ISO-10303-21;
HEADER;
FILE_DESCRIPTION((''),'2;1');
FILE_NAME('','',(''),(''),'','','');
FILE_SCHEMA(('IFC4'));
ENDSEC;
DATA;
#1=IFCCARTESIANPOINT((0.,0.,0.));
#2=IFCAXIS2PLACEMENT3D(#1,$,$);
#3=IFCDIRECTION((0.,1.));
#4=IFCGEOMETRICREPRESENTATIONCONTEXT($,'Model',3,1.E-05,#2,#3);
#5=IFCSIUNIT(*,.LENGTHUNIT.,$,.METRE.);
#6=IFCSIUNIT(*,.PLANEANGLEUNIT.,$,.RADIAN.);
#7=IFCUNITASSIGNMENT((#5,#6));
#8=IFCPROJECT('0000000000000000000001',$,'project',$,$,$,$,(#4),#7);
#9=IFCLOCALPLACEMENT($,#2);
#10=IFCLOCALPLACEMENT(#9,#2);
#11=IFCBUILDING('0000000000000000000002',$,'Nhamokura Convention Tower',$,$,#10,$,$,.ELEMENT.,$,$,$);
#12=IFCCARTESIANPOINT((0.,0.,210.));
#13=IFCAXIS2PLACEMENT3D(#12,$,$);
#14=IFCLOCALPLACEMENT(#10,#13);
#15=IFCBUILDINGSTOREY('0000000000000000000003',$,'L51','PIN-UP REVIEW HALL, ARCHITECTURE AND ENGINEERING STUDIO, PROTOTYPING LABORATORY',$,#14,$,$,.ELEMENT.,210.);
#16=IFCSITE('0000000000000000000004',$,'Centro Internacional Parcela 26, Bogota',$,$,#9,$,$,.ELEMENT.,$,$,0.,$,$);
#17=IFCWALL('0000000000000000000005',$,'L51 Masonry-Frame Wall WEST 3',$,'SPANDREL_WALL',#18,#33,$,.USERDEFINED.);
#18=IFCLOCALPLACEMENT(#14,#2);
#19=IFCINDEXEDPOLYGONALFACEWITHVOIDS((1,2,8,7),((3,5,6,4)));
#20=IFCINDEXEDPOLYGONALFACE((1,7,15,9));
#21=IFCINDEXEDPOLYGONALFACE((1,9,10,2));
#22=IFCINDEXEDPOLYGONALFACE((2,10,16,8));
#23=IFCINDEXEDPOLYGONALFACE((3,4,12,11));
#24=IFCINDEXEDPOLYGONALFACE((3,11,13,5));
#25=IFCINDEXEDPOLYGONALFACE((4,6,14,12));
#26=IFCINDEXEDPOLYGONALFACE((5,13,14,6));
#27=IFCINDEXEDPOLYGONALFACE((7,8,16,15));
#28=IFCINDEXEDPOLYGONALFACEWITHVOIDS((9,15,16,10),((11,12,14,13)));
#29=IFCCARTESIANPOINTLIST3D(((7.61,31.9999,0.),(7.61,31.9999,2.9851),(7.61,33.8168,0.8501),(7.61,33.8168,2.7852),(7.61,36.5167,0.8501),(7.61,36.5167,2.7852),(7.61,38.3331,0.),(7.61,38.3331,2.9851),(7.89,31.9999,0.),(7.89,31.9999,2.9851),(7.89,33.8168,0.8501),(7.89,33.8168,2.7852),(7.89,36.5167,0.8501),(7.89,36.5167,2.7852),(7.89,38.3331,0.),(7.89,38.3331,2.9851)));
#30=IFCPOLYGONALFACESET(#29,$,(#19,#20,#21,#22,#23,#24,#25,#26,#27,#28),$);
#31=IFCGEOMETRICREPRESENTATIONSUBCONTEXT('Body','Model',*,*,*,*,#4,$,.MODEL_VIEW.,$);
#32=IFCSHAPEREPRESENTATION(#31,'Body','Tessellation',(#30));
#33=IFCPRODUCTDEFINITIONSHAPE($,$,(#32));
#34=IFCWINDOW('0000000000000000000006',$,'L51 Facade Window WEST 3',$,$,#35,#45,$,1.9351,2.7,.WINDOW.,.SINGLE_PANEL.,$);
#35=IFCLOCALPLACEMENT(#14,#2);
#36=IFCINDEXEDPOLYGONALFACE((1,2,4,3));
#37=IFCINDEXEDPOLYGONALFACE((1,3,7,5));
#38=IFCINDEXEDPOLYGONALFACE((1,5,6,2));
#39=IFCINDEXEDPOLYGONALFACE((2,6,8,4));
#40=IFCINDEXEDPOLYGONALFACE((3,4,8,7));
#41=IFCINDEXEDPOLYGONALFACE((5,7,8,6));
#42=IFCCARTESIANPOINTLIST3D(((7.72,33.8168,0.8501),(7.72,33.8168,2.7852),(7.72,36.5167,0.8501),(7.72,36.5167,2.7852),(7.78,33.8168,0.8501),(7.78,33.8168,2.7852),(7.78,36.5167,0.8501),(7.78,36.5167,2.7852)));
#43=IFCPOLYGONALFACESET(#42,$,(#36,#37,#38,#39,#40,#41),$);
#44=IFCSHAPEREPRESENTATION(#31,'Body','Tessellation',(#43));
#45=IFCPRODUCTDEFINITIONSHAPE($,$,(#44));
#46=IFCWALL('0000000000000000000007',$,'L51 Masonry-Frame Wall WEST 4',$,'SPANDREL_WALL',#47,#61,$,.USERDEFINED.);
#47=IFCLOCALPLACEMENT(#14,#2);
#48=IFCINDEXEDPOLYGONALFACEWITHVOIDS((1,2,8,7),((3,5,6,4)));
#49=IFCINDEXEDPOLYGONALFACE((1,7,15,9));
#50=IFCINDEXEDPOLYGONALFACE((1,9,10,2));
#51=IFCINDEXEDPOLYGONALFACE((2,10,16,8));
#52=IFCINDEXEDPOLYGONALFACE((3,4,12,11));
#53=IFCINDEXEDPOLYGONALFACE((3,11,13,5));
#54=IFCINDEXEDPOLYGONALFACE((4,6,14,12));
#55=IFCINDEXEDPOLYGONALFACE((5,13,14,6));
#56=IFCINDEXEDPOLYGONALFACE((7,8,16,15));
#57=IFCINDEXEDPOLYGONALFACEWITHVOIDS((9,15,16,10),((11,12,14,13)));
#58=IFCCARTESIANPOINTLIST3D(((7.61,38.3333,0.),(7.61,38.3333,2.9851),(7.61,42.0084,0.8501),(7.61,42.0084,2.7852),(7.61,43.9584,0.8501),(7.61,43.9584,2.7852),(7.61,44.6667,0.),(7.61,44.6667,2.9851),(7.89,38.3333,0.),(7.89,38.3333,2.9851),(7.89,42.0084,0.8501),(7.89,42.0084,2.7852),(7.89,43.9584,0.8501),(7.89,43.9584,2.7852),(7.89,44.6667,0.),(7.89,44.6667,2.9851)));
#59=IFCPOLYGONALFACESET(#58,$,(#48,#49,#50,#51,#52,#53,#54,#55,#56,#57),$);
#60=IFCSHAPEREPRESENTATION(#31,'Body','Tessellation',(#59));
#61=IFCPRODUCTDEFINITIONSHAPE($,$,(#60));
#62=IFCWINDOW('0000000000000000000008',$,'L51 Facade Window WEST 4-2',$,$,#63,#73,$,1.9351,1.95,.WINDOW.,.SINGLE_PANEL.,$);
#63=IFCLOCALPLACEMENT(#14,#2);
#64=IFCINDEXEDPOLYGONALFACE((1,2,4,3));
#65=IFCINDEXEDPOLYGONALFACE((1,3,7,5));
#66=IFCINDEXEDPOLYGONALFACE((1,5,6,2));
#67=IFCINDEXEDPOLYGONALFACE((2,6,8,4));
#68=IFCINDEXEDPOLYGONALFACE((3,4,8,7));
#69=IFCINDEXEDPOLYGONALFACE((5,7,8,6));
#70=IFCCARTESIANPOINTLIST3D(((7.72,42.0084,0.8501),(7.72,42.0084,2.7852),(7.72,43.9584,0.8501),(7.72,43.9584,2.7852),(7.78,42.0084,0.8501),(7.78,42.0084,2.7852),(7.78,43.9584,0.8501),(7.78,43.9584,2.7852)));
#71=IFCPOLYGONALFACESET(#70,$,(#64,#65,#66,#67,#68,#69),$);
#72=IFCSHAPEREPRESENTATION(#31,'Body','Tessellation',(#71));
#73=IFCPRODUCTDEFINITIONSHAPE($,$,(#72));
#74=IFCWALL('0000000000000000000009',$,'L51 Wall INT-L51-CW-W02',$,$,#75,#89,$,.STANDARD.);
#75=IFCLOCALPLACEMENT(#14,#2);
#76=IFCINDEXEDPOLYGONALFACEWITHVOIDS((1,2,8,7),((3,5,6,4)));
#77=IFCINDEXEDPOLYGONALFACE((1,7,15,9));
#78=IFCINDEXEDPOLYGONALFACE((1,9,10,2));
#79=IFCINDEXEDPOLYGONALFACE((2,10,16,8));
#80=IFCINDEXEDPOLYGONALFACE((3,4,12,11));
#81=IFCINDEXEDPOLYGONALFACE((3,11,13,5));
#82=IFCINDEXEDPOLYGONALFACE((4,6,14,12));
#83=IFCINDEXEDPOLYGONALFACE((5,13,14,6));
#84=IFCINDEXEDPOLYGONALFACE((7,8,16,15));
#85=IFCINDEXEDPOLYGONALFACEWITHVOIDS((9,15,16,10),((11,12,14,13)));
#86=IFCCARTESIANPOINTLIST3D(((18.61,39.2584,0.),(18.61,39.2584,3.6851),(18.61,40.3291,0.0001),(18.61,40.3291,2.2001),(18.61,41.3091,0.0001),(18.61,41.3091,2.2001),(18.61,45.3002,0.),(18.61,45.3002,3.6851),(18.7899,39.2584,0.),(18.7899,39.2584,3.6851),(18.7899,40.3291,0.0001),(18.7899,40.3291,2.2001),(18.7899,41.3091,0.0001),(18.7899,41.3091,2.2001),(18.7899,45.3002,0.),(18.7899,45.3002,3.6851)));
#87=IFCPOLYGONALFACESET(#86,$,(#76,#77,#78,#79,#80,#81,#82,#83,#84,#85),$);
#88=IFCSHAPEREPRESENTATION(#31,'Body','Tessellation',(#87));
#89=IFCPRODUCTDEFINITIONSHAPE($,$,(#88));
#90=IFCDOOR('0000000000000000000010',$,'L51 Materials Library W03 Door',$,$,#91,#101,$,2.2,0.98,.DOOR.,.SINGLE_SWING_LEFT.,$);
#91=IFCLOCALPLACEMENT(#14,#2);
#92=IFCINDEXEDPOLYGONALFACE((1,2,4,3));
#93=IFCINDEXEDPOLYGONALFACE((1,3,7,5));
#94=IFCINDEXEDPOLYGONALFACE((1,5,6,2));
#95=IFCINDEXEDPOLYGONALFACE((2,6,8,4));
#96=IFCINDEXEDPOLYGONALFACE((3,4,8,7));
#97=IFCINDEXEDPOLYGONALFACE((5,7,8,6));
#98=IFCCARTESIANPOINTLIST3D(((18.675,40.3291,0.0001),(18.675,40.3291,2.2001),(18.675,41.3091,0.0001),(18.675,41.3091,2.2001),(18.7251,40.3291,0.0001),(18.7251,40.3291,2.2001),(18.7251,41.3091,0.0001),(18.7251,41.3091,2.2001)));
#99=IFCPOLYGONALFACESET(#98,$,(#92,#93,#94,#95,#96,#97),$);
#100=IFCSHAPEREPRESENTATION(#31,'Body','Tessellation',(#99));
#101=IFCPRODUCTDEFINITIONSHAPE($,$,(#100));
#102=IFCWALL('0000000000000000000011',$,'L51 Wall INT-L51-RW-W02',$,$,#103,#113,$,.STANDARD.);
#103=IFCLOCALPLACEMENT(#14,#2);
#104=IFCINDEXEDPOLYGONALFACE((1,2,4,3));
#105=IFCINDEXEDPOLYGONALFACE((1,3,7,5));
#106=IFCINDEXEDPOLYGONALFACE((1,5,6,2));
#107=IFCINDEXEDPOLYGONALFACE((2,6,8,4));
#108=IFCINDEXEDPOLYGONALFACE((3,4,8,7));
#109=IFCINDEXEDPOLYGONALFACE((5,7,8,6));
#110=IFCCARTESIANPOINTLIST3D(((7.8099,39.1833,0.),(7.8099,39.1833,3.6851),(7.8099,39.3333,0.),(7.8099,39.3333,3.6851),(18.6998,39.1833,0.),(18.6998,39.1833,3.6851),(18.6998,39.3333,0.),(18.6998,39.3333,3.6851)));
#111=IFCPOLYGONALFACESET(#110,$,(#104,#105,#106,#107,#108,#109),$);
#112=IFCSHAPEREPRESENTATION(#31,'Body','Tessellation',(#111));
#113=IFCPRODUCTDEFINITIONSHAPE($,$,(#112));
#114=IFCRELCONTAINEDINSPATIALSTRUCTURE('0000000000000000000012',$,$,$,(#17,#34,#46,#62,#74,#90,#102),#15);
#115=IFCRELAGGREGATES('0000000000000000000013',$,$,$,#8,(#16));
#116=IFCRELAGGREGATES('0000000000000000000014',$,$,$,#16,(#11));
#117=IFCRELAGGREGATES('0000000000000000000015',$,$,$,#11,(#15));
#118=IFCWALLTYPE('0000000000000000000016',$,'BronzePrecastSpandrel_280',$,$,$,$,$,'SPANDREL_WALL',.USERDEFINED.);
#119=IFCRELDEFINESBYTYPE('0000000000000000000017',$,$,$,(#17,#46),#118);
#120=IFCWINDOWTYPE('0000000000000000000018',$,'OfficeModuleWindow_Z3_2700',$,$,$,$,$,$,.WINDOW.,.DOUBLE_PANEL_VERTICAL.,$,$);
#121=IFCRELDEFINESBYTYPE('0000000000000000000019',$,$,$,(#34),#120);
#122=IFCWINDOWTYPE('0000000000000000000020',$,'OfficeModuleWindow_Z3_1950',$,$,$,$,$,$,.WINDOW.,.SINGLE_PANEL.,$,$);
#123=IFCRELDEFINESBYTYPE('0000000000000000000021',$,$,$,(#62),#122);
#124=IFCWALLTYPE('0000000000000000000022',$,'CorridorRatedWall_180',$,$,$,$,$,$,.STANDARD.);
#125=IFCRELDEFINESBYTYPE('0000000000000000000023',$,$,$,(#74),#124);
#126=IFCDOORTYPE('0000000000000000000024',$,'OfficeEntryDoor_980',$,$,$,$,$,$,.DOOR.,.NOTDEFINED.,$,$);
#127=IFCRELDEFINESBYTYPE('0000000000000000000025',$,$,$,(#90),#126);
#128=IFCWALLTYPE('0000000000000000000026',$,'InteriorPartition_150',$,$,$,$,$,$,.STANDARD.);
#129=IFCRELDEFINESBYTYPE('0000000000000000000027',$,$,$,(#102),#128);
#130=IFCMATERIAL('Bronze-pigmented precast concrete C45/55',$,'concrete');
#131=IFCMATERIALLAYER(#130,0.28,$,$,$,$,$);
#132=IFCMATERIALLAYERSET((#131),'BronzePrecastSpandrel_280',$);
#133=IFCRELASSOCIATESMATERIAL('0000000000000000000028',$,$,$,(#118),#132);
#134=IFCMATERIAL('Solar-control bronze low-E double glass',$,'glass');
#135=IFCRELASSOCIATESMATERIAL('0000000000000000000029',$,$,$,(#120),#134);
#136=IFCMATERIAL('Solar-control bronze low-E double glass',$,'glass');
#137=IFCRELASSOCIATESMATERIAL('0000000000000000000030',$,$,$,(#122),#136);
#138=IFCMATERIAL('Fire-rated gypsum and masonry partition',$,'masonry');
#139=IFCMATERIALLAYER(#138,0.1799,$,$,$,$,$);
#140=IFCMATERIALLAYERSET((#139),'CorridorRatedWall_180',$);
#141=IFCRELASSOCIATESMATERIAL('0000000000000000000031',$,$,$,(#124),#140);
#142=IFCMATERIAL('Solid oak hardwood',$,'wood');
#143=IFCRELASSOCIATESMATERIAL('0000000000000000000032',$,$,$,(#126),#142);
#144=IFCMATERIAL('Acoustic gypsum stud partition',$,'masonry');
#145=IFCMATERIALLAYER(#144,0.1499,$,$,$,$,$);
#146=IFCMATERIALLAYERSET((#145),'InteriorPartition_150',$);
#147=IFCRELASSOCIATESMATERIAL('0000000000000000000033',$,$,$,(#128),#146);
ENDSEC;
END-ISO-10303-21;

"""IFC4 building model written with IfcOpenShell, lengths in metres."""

from ifc_helpers import new_model, si_unit, direction, frame, frame_2d, origin, place, context, subcontext, project, spatial, rectangle, extrude, material, layer, layer_set, type_object, element, fill, save


model = new_model("IFC4")

# Units and contexts
model_context = context("Model", 3, precision=1e-05, world=origin(), true_north=direction((0.0, 1.0)))
body_context = subcontext(model_context, "Body", "Model", "MODEL_VIEW")
ifc_project = project(units=[si_unit("LENGTHUNIT", "METRE"), si_unit("PLANEANGLEUNIT", "RADIAN")], contexts=[model_context])

# Site, building, storey
site_placement = place(None, origin())
site = spatial("IfcSite", under=ifc_project, at=site_placement, Name="Centro Internacional Parcela 26, Bogota", CompositionType="ELEMENT", RefElevation=0.0)
building_placement = place(site_placement, origin())
building = spatial("IfcBuilding", under=site, at=building_placement, Name="Nhamokura Convention Tower", CompositionType="ELEMENT")
storey_placement = place(building_placement, frame((0.0, 0.0, 210.0)))
storey = spatial("IfcBuildingStorey", under=building, at=storey_placement, Name="L51", Description="PIN-UP REVIEW HALL, ARCHITECTURE AND ENGINEERING STUDIO, PROTOTYPING LABORATORY", CompositionType="ELEMENT", Elevation=210.0)

# Walls, openings, windows
ifc_material_1 = material(Name="Bronze-pigmented precast concrete C45/55", Category="concrete")
ifc_layer_1 = layer(ifc_material_1, 0.28)
ifc_layer_set_1 = layer_set([ifc_layer_1], Name="BronzePrecastSpandrel_280")
wall_type_1 = type_object("IfcWallType", Name="BronzePrecastSpandrel_280", ElementType="SPANDREL_WALL", PredefinedType="USERDEFINED", material=ifc_layer_set_1)
wall_1_placement = place(storey_placement, frame((7.75, 32.0, 0.0), z_axis=(0.0, 0.0, 1.0), x_axis=(0.0, 1.0, 0.0)))
wall_1 = element("IfcWall", 1, at=wall_1_placement, inside=storey, type_object=wall_type_1, Name="L51 Masonry-Frame Wall WEST 3", ObjectType="SPANDREL_WALL", PredefinedType="USERDEFINED", context=body_context, shape_type="SweptSolid", body=[
    extrude(rectangle(XDim=6.3333, YDim=0.28, at=frame_2d((3.1665, 0.0))), origin(), (0.0, 0.0, 1.0), 2.9851),
])
opening_1_placement = place(wall_1_placement, frame((1.8167, 0.0, 0.8501)))
opening_1 = element("IfcOpeningElement", 2, at=opening_1_placement, cuts=wall_1, PredefinedType="OPENING", context=body_context, shape_type="SweptSolid", body=[
    extrude(rectangle(XDim=2.7, YDim=1.9351, at=frame_2d((1.3501, 0.9675))), frame((0.0, 0.1499, 0.0), z_axis=(0.0, -1.0, 0.0), x_axis=(1.0, 0.0, 0.0)), (0.0, 0.0, 1.0), 0.3),
])
ifc_material_2 = material(Name="Solar-control bronze low-E double glass", Category="glass")
window_type_1 = type_object("IfcWindowType", Name="OfficeModuleWindow_Z3_2700", PartitioningType="DOUBLE_PANEL_VERTICAL", PredefinedType="WINDOW", material=ifc_material_2)
window_1_placement = place(opening_1_placement, origin())
window_1 = element("IfcWindow", 3, at=window_1_placement, inside=storey, type_object=window_type_1, Name="L51 Facade Window WEST 3", OverallHeight=1.9351, OverallWidth=2.7, PartitioningType="SINGLE_PANEL", PredefinedType="WINDOW", context=body_context, shape_type="SweptSolid", body=[
    extrude(rectangle(XDim=2.7, YDim=1.9351, at=frame_2d((1.3501, 0.9675))), frame((0.0, 0.03, 0.0), z_axis=(0.0, -1.0, 0.0), x_axis=(1.0, 0.0, 0.0)), (0.0, 0.0, 1.0), 0.0601),
])
fill(opening_1, window_1)
wall_2_placement = place(storey_placement, frame((7.75, 38.3333, 0.0), z_axis=(0.0, 0.0, 1.0), x_axis=(0.0, 1.0, 0.0)))
wall_2 = element("IfcWall", 4, at=wall_2_placement, inside=storey, type_object=wall_type_1, Name="L51 Masonry-Frame Wall WEST 4", ObjectType="SPANDREL_WALL", PredefinedType="USERDEFINED", context=body_context, shape_type="SweptSolid", body=[
    extrude(rectangle(XDim=6.3335, YDim=0.28, at=frame_2d((3.1667, 0.0))), origin(), (0.0, 0.0, 1.0), 2.9851),
])
opening_2_placement = place(wall_2_placement, frame((3.675, 0.0, 0.8501)))
opening_2 = element("IfcOpeningElement", 5, at=opening_2_placement, cuts=wall_2, PredefinedType="OPENING", context=body_context, shape_type="SweptSolid", body=[
    extrude(rectangle(XDim=1.95, YDim=1.9351, at=frame_2d((0.9751, 0.9675))), frame((0.0, 0.1499, 0.0), z_axis=(0.0, -1.0, 0.0), x_axis=(1.0, 0.0, 0.0)), (0.0, 0.0, 1.0), 0.3),
])
ifc_material_3 = material(Name="Solar-control bronze low-E double glass", Category="glass")
window_type_2 = type_object("IfcWindowType", Name="OfficeModuleWindow_Z3_1950", PartitioningType="SINGLE_PANEL", PredefinedType="WINDOW", material=ifc_material_3)
window_2_placement = place(opening_2_placement, origin())
window_2 = element("IfcWindow", 6, at=window_2_placement, inside=storey, type_object=window_type_2, Name="L51 Facade Window WEST 4-2", OverallHeight=1.9351, OverallWidth=1.95, PartitioningType="SINGLE_PANEL", PredefinedType="WINDOW", context=body_context, shape_type="SweptSolid", body=[
    extrude(rectangle(XDim=1.95, YDim=1.9351, at=frame_2d((0.9751, 0.9675))), frame((0.0, 0.03, 0.0), z_axis=(0.0, -1.0, 0.0), x_axis=(1.0, 0.0, 0.0)), (0.0, 0.0, 1.0), 0.0601),
])
fill(opening_2, window_2)

# Wall, opening, door
ifc_material_4 = material(Name="Fire-rated gypsum and masonry partition", Category="masonry")
ifc_layer_2 = layer(ifc_material_4, 0.1799)
ifc_layer_set_2 = layer_set([ifc_layer_2], Name="CorridorRatedWall_180")
wall_type_2 = type_object("IfcWallType", Name="CorridorRatedWall_180", PredefinedType="STANDARD", material=ifc_layer_set_2)
wall_3_placement = place(storey_placement, frame((18.7, 39.2583, 0.0), z_axis=(0.0, 0.0, 1.0), x_axis=(0.0, 1.0, 0.0)))
wall_3 = element("IfcWall", 7, at=wall_3_placement, inside=storey, type_object=wall_type_2, Name="L51 Wall INT-L51-CW-W02", PredefinedType="STANDARD", context=body_context, shape_type="SweptSolid", body=[
    extrude(rectangle(XDim=6.0417, YDim=0.1799, at=frame_2d((3.021, 0.0))), origin(), (0.0, 0.0, 1.0), 3.6851),
])
opening_3_placement = place(wall_3_placement, frame((1.0708, 0.0, 0.0)))
opening_3 = element("IfcOpeningElement", 8, at=opening_3_placement, cuts=wall_3, PredefinedType="OPENING", context=body_context, shape_type="SweptSolid", body=[
    extrude(rectangle(XDim=0.98, YDim=2.2, at=frame_2d((0.49, 1.1001))), frame((0.0, 0.0999, 0.0), z_axis=(0.0, -1.0, 0.0), x_axis=(1.0, 0.0, 0.0)), (0.0, 0.0, 1.0), 0.2),
])
ifc_material_5 = material(Name="Solid oak hardwood", Category="wood")
door_type = type_object("IfcDoorType", Name="OfficeEntryDoor_980", OperationType="NOTDEFINED", PredefinedType="DOOR", material=ifc_material_5)
door_placement = place(opening_3_placement, origin())
door = element("IfcDoor", 9, at=door_placement, inside=storey, type_object=door_type, Name="L51 Materials Library W03 Door", OperationType="SINGLE_SWING_LEFT", OverallHeight=2.2, OverallWidth=0.98, PredefinedType="DOOR", context=body_context, shape_type="SweptSolid", body=[
    extrude(rectangle(XDim=0.98, YDim=2.2, at=frame_2d((0.49, 1.1001))), frame((0.0, 0.0249, 0.0), z_axis=(0.0, -1.0, 0.0), x_axis=(1.0, 0.0, 0.0)), (0.0, 0.0, 1.0), 0.05),
])
fill(opening_3, door)

# Wall
ifc_material_6 = material(Name="Acoustic gypsum stud partition", Category="masonry")
ifc_layer_3 = layer(ifc_material_6, 0.1499)
ifc_layer_set_3 = layer_set([ifc_layer_3], Name="InteriorPartition_150")
wall_type_3 = type_object("IfcWallType", Name="InteriorPartition_150", PredefinedType="STANDARD", material=ifc_layer_set_3)
wall_4_placement = place(storey_placement, frame((7.8101, 39.2583, 0.0), z_axis=(0.0, 0.0, 1.0), x_axis=(1.0, 0.0, 0.0)))
element("IfcWall", 10, at=wall_4_placement, inside=storey, type_object=wall_type_3, Name="L51 Wall INT-L51-RW-W02", PredefinedType="STANDARD", context=body_context, shape_type="SweptSolid", body=[
    extrude(rectangle(XDim=10.8899, YDim=0.1499, at=frame_2d((5.4448, 0.0))), origin(), (0.0, 0.0, 1.0), 3.6851),
])

save(model, "model.ifc")
